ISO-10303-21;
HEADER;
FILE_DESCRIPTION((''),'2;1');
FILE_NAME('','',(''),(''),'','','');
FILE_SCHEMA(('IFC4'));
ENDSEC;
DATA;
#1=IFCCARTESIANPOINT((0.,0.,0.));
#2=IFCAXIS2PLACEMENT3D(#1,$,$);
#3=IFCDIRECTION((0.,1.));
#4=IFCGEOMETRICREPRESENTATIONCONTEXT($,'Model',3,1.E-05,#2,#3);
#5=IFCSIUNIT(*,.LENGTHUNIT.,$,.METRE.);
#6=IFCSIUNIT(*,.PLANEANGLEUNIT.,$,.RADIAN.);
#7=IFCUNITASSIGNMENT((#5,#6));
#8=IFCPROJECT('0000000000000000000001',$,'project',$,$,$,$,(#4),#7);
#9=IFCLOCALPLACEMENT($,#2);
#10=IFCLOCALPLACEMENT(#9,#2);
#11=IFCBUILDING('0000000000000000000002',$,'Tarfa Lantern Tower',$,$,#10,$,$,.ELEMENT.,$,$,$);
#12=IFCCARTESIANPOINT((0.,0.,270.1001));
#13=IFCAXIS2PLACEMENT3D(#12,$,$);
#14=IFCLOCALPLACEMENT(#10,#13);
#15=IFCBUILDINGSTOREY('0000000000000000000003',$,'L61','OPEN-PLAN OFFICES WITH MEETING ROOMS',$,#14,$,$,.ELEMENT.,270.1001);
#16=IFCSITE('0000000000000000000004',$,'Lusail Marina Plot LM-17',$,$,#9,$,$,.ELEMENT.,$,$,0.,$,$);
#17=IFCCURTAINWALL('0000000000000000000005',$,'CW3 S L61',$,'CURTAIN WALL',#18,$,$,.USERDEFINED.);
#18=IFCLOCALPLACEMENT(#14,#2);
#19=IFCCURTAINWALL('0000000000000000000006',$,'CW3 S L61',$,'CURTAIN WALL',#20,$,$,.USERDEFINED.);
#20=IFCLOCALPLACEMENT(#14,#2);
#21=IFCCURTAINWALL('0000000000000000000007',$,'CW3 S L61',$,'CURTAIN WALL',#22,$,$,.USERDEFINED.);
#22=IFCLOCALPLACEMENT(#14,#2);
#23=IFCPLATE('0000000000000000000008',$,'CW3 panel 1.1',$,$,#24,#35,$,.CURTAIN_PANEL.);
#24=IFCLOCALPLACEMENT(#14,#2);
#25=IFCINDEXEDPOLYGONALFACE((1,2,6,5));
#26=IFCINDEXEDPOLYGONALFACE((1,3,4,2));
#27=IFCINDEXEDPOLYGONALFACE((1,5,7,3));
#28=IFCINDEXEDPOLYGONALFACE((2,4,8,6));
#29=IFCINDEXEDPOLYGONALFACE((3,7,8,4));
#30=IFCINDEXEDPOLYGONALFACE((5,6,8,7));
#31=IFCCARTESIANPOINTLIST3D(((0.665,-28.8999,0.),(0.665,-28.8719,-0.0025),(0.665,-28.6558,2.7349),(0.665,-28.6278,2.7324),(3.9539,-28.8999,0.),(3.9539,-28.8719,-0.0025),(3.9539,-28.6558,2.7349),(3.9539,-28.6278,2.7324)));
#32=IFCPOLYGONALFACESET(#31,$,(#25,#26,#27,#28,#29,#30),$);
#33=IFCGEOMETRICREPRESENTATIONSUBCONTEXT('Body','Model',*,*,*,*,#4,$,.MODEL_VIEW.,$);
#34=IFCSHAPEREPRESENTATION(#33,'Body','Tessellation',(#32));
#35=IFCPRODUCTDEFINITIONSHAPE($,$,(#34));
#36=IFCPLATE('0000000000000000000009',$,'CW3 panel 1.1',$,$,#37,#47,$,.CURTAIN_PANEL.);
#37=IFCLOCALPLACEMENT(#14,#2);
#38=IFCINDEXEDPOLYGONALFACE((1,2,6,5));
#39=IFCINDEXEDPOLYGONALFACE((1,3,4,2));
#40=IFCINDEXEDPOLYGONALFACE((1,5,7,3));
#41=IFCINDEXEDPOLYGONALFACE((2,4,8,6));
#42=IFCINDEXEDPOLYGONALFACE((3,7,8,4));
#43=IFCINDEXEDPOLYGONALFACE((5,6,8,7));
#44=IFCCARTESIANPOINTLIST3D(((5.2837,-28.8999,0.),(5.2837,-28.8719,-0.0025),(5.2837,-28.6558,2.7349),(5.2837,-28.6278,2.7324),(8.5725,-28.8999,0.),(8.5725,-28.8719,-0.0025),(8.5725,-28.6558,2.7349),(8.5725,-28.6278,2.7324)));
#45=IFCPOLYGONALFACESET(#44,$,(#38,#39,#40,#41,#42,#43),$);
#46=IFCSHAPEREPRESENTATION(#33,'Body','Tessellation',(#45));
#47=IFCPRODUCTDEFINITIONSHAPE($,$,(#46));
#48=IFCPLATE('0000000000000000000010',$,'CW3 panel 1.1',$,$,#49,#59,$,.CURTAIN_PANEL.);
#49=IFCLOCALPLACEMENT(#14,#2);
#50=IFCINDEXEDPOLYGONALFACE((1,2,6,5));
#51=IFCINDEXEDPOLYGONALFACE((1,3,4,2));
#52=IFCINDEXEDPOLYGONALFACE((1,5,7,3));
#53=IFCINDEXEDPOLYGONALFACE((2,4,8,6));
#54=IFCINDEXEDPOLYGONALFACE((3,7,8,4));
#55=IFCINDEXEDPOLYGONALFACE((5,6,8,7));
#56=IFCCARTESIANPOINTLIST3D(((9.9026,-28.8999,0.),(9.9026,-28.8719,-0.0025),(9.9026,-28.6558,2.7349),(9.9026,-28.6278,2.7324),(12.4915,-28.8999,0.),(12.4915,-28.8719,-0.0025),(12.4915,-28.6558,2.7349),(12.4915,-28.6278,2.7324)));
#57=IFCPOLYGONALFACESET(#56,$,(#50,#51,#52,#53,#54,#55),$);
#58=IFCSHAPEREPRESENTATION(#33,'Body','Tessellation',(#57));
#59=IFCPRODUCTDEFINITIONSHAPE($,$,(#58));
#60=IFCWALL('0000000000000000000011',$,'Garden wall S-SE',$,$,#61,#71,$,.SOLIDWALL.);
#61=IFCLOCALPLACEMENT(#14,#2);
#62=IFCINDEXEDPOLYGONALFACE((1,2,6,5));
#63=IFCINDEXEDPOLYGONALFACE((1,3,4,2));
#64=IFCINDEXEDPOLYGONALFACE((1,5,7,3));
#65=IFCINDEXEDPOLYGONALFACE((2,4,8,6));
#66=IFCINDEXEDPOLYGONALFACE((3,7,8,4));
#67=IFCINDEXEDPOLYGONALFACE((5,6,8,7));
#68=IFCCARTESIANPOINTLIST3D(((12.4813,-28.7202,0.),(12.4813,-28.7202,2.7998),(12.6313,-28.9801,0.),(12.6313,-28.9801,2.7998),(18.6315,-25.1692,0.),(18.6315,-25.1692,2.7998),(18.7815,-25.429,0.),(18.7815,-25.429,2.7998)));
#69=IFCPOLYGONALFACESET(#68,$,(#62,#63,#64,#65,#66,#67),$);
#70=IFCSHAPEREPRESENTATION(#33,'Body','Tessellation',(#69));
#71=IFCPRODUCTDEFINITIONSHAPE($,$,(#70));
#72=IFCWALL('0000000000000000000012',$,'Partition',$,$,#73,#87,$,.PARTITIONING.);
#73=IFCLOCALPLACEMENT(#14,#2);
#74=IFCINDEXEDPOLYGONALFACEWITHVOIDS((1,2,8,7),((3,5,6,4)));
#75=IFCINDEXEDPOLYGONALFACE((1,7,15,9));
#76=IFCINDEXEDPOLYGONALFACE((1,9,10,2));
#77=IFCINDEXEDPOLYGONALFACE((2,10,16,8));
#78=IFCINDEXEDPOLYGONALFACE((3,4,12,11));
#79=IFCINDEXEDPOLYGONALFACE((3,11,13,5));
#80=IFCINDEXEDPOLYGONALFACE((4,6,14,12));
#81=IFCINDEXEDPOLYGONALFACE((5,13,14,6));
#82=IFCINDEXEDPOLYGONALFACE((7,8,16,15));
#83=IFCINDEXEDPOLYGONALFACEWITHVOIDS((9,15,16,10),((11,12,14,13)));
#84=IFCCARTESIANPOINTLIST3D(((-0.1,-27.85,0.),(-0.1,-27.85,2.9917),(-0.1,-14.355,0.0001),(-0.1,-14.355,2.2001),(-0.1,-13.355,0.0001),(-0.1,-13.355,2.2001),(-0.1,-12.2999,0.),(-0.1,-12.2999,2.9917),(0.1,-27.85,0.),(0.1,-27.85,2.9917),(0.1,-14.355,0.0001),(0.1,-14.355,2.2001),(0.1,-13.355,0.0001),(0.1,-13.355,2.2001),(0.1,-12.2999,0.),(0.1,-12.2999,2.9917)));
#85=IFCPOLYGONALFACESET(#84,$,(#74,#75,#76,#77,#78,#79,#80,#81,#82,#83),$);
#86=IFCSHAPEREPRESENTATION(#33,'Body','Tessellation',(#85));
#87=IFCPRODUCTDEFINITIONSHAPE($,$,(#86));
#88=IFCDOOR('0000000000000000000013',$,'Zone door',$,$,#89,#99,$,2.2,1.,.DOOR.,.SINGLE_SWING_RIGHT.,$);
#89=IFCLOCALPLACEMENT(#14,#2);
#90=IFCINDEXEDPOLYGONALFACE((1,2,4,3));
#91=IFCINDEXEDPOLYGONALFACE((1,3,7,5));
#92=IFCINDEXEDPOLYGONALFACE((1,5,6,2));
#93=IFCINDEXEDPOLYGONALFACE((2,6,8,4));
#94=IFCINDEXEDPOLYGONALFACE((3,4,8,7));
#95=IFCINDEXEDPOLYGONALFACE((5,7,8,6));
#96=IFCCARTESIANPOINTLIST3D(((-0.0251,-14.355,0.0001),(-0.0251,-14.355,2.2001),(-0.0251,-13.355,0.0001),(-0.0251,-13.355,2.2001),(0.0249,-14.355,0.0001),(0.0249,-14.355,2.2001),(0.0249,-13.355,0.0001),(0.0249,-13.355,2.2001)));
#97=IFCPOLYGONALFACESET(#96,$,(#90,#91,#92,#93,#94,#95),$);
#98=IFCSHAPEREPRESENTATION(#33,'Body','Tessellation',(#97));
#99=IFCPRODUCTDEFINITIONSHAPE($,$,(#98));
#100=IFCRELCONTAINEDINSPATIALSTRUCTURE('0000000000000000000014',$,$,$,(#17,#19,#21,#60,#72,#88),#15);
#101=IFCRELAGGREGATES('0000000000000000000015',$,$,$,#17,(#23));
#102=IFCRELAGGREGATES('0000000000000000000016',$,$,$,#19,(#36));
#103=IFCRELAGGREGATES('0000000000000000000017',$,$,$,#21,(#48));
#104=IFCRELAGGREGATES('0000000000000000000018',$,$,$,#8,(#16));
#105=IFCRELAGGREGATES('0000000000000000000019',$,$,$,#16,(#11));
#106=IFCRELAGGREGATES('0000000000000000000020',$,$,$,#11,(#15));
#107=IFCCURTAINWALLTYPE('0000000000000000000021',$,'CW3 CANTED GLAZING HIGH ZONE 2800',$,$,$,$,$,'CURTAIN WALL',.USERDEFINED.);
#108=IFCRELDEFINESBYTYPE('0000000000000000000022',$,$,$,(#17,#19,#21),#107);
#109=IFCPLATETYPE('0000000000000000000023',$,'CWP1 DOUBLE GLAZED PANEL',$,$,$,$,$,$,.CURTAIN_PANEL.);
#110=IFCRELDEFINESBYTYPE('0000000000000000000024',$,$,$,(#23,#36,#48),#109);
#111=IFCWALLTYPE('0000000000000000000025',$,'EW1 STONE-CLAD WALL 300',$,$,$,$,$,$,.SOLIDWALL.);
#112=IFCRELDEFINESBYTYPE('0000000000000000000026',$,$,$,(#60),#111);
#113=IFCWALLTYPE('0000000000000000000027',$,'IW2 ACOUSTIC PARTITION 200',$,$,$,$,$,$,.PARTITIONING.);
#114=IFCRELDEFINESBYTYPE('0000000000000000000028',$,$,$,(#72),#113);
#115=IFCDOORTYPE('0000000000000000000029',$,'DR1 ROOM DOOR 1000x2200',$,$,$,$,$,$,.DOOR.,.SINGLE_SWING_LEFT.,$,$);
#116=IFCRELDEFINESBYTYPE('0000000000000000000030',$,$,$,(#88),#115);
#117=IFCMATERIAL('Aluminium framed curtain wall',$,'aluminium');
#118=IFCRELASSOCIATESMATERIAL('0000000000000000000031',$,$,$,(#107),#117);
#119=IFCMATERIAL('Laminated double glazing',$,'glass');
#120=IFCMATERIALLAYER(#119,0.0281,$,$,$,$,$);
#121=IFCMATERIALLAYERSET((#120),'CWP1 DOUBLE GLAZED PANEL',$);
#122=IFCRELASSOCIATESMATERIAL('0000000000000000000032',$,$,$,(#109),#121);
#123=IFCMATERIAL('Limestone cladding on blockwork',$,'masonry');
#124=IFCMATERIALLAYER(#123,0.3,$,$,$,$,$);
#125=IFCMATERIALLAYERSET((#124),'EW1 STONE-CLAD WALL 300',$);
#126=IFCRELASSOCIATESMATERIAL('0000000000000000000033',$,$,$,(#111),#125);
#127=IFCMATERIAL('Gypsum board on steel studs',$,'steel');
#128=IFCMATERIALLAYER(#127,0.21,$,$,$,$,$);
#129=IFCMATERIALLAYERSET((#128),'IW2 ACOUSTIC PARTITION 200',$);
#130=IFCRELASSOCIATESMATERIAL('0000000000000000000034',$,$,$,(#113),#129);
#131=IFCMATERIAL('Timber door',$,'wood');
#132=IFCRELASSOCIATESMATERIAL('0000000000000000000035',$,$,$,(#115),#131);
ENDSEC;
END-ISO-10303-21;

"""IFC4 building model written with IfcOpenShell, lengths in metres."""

from ifc_helpers import new_model, si_unit, direction, frame, frame_2d, origin, place, context, subcontext, project, spatial, polyline, rectangle, outline, extrude, material, layer, layer_set, type_object, element, fill, aggregate, save


model = new_model("IFC4")

# Units and contexts
model_context = context("Model", 3, precision=1e-05, world=origin(), true_north=direction((0.0, 1.0)))
body_context = subcontext(model_context, "Body", "Model", "MODEL_VIEW")
ifc_project = project(units=[si_unit("LENGTHUNIT", "METRE"), si_unit("PLANEANGLEUNIT", "RADIAN")], contexts=[model_context])

# Site, building, storey
site_placement = place(None, origin())
site = spatial("IfcSite", under=ifc_project, at=site_placement, Name="Lusail Marina Plot LM-17", CompositionType="ELEMENT", RefElevation=0.0)
building_placement = place(site_placement, origin())
building = spatial("IfcBuilding", under=site, at=building_placement, Name="Tarfa Lantern Tower", CompositionType="ELEMENT")
storey_placement = place(building_placement, frame((0.0, 0.0, 270.1001)))
storey = spatial("IfcBuildingStorey", under=building, at=storey_placement, Name="L61", Description="OPEN-PLAN OFFICES WITH MEETING ROOMS", CompositionType="ELEMENT", Elevation=270.1001)

# Curtain walls
ifc_material_1 = material(Name="Aluminium framed curtain wall", Category="aluminium")
curtain_wall_type = type_object("IfcCurtainWallType", Name="CW3 CANTED GLAZING HIGH ZONE 2800", ElementType="CURTAIN WALL", PredefinedType="USERDEFINED", material=ifc_material_1)
curtain_wall_1_placement = place(storey_placement, origin())
curtain_wall_1 = element("IfcCurtainWall", 1, at=curtain_wall_1_placement, inside=storey, type_object=curtain_wall_type, Name="CW3 S L61", ObjectType="CURTAIN WALL", PredefinedType="USERDEFINED")
curtain_wall_2_placement = place(storey_placement, origin())
curtain_wall_2 = element("IfcCurtainWall", 2, at=curtain_wall_2_placement, inside=storey, type_object=curtain_wall_type, Name="CW3 S L61", ObjectType="CURTAIN WALL", PredefinedType="USERDEFINED")
curtain_wall_3_placement = place(storey_placement, origin())
curtain_wall_3 = element("IfcCurtainWall", 3, at=curtain_wall_3_placement, inside=storey, type_object=curtain_wall_type, Name="CW3 S L61", ObjectType="CURTAIN WALL", PredefinedType="USERDEFINED")

# Plates
ifc_material_2 = material(Name="Laminated double glazing", Category="glass")
ifc_layer_1 = layer(ifc_material_2, 0.0281)
ifc_layer_set_1 = layer_set([ifc_layer_1], Name="CWP1 DOUBLE GLAZED PANEL")
plate_type = type_object("IfcPlateType", Name="CWP1 DOUBLE GLAZED PANEL", PredefinedType="CURTAIN_PANEL", material=ifc_layer_set_1)
plate_1_placement = place(storey_placement, frame((0.665, -28.8999, 0.0), z_axis=(0.0, -0.996039, 0.088916), x_axis=(1.0, 0.0, 0.0)))
plate_1 = element("IfcPlate", 4, at=plate_1_placement, type_object=plate_type, Name="CW3 panel 1.1", PredefinedType="CURTAIN_PANEL", context=body_context, shape_type="SweptSolid", body=[
    extrude(outline(polyline([(0.0, 0.0), (3.2888, 0.0), (3.2888, 2.7457), (0.0, 2.7457), (0.0, 0.0)])), origin(), (0.0, 0.0, -1.0), 0.0281),
])
aggregate(curtain_wall_1, [plate_1])
plate_2_placement = place(storey_placement, frame((5.2837, -28.8999, 0.0), z_axis=(0.0, -0.996039, 0.088916), x_axis=(1.0, 0.0, 0.0)))
plate_2 = element("IfcPlate", 5, at=plate_2_placement, type_object=plate_type, Name="CW3 panel 1.1", PredefinedType="CURTAIN_PANEL", context=body_context, shape_type="SweptSolid", body=[
    extrude(outline(polyline([(0.0, 0.0), (3.2888, 0.0), (3.2888, 2.7457), (0.0, 2.7457), (0.0, 0.0)])), origin(), (0.0, 0.0, -1.0), 0.0281),
])
aggregate(curtain_wall_2, [plate_2])
plate_3_placement = place(storey_placement, frame((9.9026, -28.8999, 0.0), z_axis=(0.0, -0.996039, 0.088916), x_axis=(1.0, 0.0, 0.0)))
plate_3 = element("IfcPlate", 6, at=plate_3_placement, type_object=plate_type, Name="CW3 panel 1.1", PredefinedType="CURTAIN_PANEL", context=body_context, shape_type="SweptSolid", body=[
    extrude(outline(polyline([(0.0, 0.0), (2.5889, 0.0), (2.5889, 2.7457), (0.0, 2.7457), (0.0, 0.0)])), origin(), (0.0, 0.0, -1.0), 0.0281),
])
aggregate(curtain_wall_3, [plate_3])

# Wall
ifc_material_3 = material(Name="Limestone cladding on blockwork", Category="masonry")
ifc_layer_2 = layer(ifc_material_3, 0.3)
ifc_layer_set_2 = layer_set([ifc_layer_2], Name="EW1 STONE-CLAD WALL 300")
wall_type_1 = type_object("IfcWallType", Name="EW1 STONE-CLAD WALL 300", PredefinedType="SOLIDWALL", material=ifc_layer_set_2)
wall_1_placement = place(storey_placement, frame((12.5564, -28.8501, 0.0), z_axis=(0.0, 0.0, 1.0), x_axis=(0.866011, 0.500025, 0.0)))
element("IfcWall", 7, at=wall_1_placement, inside=storey, type_object=wall_type_1, Name="Garden wall S-SE", PredefinedType="SOLIDWALL", context=body_context, shape_type="SweptSolid", body=[
    extrude(rectangle(XDim=7.1018, YDim=0.3, at=frame_2d((3.5508, 0.0))), origin(), (0.0, 0.0, 1.0), 2.7998),
])

# Wall, opening, door
ifc_material_4 = material(Name="Gypsum board on steel studs", Category="steel")
ifc_layer_3 = layer(ifc_material_4, 0.21)
ifc_layer_set_3 = layer_set([ifc_layer_3], Name="IW2 ACOUSTIC PARTITION 200")
wall_type_2 = type_object("IfcWallType", Name="IW2 ACOUSTIC PARTITION 200", PredefinedType="PARTITIONING", material=ifc_layer_set_3)
wall_2_placement = place(storey_placement, frame((0.0, -12.3, 0.0), z_axis=(0.0, 0.0, 1.0), x_axis=(0.0, -1.0, 0.0)))
wall_2 = element("IfcWall", 8, at=wall_2_placement, inside=storey, type_object=wall_type_2, Name="Partition", PredefinedType="PARTITIONING", context=body_context, shape_type="SweptSolid", body=[
    extrude(rectangle(XDim=15.55, YDim=0.2, at=frame_2d((7.7749, 0.0))), origin(), (0.0, 0.0, 1.0), 2.9917),
])
opening_placement = place(wall_2_placement, frame((1.0549, 0.0, 0.0)))
opening = element("IfcOpeningElement", 9, at=opening_placement, cuts=wall_2, PredefinedType="OPENING", context=body_context, shape_type="SweptSolid", body=[
    extrude(rectangle(XDim=1.0, YDim=2.2, at=frame_2d((0.5, 1.1001))), frame((0.0, 0.1099, 0.0), z_axis=(0.0, -1.0, 0.0), x_axis=(1.0, 0.0, 0.0)), (0.0, 0.0, 1.0), 0.22),
])
ifc_material_5 = material(Name="Timber door", Category="wood")
door_type = type_object("IfcDoorType", Name="DR1 ROOM DOOR 1000x2200", OperationType="SINGLE_SWING_LEFT", PredefinedType="DOOR", material=ifc_material_5)
door_placement = place(opening_placement, origin())
door = element("IfcDoor", 10, at=door_placement, inside=storey, type_object=door_type, Name="Zone door", OperationType="SINGLE_SWING_RIGHT", OverallHeight=2.2, OverallWidth=1.0, PredefinedType="DOOR", context=body_context, shape_type="SweptSolid", body=[
    extrude(rectangle(XDim=1.0, YDim=2.2, at=frame_2d((0.5, 1.1001))), frame((0.0, 0.0249, 0.0), z_axis=(0.0, -1.0, 0.0), x_axis=(1.0, 0.0, 0.0)), (0.0, 0.0, 1.0), 0.05),
])
fill(opening, door)

save(model, "model.ifc")
